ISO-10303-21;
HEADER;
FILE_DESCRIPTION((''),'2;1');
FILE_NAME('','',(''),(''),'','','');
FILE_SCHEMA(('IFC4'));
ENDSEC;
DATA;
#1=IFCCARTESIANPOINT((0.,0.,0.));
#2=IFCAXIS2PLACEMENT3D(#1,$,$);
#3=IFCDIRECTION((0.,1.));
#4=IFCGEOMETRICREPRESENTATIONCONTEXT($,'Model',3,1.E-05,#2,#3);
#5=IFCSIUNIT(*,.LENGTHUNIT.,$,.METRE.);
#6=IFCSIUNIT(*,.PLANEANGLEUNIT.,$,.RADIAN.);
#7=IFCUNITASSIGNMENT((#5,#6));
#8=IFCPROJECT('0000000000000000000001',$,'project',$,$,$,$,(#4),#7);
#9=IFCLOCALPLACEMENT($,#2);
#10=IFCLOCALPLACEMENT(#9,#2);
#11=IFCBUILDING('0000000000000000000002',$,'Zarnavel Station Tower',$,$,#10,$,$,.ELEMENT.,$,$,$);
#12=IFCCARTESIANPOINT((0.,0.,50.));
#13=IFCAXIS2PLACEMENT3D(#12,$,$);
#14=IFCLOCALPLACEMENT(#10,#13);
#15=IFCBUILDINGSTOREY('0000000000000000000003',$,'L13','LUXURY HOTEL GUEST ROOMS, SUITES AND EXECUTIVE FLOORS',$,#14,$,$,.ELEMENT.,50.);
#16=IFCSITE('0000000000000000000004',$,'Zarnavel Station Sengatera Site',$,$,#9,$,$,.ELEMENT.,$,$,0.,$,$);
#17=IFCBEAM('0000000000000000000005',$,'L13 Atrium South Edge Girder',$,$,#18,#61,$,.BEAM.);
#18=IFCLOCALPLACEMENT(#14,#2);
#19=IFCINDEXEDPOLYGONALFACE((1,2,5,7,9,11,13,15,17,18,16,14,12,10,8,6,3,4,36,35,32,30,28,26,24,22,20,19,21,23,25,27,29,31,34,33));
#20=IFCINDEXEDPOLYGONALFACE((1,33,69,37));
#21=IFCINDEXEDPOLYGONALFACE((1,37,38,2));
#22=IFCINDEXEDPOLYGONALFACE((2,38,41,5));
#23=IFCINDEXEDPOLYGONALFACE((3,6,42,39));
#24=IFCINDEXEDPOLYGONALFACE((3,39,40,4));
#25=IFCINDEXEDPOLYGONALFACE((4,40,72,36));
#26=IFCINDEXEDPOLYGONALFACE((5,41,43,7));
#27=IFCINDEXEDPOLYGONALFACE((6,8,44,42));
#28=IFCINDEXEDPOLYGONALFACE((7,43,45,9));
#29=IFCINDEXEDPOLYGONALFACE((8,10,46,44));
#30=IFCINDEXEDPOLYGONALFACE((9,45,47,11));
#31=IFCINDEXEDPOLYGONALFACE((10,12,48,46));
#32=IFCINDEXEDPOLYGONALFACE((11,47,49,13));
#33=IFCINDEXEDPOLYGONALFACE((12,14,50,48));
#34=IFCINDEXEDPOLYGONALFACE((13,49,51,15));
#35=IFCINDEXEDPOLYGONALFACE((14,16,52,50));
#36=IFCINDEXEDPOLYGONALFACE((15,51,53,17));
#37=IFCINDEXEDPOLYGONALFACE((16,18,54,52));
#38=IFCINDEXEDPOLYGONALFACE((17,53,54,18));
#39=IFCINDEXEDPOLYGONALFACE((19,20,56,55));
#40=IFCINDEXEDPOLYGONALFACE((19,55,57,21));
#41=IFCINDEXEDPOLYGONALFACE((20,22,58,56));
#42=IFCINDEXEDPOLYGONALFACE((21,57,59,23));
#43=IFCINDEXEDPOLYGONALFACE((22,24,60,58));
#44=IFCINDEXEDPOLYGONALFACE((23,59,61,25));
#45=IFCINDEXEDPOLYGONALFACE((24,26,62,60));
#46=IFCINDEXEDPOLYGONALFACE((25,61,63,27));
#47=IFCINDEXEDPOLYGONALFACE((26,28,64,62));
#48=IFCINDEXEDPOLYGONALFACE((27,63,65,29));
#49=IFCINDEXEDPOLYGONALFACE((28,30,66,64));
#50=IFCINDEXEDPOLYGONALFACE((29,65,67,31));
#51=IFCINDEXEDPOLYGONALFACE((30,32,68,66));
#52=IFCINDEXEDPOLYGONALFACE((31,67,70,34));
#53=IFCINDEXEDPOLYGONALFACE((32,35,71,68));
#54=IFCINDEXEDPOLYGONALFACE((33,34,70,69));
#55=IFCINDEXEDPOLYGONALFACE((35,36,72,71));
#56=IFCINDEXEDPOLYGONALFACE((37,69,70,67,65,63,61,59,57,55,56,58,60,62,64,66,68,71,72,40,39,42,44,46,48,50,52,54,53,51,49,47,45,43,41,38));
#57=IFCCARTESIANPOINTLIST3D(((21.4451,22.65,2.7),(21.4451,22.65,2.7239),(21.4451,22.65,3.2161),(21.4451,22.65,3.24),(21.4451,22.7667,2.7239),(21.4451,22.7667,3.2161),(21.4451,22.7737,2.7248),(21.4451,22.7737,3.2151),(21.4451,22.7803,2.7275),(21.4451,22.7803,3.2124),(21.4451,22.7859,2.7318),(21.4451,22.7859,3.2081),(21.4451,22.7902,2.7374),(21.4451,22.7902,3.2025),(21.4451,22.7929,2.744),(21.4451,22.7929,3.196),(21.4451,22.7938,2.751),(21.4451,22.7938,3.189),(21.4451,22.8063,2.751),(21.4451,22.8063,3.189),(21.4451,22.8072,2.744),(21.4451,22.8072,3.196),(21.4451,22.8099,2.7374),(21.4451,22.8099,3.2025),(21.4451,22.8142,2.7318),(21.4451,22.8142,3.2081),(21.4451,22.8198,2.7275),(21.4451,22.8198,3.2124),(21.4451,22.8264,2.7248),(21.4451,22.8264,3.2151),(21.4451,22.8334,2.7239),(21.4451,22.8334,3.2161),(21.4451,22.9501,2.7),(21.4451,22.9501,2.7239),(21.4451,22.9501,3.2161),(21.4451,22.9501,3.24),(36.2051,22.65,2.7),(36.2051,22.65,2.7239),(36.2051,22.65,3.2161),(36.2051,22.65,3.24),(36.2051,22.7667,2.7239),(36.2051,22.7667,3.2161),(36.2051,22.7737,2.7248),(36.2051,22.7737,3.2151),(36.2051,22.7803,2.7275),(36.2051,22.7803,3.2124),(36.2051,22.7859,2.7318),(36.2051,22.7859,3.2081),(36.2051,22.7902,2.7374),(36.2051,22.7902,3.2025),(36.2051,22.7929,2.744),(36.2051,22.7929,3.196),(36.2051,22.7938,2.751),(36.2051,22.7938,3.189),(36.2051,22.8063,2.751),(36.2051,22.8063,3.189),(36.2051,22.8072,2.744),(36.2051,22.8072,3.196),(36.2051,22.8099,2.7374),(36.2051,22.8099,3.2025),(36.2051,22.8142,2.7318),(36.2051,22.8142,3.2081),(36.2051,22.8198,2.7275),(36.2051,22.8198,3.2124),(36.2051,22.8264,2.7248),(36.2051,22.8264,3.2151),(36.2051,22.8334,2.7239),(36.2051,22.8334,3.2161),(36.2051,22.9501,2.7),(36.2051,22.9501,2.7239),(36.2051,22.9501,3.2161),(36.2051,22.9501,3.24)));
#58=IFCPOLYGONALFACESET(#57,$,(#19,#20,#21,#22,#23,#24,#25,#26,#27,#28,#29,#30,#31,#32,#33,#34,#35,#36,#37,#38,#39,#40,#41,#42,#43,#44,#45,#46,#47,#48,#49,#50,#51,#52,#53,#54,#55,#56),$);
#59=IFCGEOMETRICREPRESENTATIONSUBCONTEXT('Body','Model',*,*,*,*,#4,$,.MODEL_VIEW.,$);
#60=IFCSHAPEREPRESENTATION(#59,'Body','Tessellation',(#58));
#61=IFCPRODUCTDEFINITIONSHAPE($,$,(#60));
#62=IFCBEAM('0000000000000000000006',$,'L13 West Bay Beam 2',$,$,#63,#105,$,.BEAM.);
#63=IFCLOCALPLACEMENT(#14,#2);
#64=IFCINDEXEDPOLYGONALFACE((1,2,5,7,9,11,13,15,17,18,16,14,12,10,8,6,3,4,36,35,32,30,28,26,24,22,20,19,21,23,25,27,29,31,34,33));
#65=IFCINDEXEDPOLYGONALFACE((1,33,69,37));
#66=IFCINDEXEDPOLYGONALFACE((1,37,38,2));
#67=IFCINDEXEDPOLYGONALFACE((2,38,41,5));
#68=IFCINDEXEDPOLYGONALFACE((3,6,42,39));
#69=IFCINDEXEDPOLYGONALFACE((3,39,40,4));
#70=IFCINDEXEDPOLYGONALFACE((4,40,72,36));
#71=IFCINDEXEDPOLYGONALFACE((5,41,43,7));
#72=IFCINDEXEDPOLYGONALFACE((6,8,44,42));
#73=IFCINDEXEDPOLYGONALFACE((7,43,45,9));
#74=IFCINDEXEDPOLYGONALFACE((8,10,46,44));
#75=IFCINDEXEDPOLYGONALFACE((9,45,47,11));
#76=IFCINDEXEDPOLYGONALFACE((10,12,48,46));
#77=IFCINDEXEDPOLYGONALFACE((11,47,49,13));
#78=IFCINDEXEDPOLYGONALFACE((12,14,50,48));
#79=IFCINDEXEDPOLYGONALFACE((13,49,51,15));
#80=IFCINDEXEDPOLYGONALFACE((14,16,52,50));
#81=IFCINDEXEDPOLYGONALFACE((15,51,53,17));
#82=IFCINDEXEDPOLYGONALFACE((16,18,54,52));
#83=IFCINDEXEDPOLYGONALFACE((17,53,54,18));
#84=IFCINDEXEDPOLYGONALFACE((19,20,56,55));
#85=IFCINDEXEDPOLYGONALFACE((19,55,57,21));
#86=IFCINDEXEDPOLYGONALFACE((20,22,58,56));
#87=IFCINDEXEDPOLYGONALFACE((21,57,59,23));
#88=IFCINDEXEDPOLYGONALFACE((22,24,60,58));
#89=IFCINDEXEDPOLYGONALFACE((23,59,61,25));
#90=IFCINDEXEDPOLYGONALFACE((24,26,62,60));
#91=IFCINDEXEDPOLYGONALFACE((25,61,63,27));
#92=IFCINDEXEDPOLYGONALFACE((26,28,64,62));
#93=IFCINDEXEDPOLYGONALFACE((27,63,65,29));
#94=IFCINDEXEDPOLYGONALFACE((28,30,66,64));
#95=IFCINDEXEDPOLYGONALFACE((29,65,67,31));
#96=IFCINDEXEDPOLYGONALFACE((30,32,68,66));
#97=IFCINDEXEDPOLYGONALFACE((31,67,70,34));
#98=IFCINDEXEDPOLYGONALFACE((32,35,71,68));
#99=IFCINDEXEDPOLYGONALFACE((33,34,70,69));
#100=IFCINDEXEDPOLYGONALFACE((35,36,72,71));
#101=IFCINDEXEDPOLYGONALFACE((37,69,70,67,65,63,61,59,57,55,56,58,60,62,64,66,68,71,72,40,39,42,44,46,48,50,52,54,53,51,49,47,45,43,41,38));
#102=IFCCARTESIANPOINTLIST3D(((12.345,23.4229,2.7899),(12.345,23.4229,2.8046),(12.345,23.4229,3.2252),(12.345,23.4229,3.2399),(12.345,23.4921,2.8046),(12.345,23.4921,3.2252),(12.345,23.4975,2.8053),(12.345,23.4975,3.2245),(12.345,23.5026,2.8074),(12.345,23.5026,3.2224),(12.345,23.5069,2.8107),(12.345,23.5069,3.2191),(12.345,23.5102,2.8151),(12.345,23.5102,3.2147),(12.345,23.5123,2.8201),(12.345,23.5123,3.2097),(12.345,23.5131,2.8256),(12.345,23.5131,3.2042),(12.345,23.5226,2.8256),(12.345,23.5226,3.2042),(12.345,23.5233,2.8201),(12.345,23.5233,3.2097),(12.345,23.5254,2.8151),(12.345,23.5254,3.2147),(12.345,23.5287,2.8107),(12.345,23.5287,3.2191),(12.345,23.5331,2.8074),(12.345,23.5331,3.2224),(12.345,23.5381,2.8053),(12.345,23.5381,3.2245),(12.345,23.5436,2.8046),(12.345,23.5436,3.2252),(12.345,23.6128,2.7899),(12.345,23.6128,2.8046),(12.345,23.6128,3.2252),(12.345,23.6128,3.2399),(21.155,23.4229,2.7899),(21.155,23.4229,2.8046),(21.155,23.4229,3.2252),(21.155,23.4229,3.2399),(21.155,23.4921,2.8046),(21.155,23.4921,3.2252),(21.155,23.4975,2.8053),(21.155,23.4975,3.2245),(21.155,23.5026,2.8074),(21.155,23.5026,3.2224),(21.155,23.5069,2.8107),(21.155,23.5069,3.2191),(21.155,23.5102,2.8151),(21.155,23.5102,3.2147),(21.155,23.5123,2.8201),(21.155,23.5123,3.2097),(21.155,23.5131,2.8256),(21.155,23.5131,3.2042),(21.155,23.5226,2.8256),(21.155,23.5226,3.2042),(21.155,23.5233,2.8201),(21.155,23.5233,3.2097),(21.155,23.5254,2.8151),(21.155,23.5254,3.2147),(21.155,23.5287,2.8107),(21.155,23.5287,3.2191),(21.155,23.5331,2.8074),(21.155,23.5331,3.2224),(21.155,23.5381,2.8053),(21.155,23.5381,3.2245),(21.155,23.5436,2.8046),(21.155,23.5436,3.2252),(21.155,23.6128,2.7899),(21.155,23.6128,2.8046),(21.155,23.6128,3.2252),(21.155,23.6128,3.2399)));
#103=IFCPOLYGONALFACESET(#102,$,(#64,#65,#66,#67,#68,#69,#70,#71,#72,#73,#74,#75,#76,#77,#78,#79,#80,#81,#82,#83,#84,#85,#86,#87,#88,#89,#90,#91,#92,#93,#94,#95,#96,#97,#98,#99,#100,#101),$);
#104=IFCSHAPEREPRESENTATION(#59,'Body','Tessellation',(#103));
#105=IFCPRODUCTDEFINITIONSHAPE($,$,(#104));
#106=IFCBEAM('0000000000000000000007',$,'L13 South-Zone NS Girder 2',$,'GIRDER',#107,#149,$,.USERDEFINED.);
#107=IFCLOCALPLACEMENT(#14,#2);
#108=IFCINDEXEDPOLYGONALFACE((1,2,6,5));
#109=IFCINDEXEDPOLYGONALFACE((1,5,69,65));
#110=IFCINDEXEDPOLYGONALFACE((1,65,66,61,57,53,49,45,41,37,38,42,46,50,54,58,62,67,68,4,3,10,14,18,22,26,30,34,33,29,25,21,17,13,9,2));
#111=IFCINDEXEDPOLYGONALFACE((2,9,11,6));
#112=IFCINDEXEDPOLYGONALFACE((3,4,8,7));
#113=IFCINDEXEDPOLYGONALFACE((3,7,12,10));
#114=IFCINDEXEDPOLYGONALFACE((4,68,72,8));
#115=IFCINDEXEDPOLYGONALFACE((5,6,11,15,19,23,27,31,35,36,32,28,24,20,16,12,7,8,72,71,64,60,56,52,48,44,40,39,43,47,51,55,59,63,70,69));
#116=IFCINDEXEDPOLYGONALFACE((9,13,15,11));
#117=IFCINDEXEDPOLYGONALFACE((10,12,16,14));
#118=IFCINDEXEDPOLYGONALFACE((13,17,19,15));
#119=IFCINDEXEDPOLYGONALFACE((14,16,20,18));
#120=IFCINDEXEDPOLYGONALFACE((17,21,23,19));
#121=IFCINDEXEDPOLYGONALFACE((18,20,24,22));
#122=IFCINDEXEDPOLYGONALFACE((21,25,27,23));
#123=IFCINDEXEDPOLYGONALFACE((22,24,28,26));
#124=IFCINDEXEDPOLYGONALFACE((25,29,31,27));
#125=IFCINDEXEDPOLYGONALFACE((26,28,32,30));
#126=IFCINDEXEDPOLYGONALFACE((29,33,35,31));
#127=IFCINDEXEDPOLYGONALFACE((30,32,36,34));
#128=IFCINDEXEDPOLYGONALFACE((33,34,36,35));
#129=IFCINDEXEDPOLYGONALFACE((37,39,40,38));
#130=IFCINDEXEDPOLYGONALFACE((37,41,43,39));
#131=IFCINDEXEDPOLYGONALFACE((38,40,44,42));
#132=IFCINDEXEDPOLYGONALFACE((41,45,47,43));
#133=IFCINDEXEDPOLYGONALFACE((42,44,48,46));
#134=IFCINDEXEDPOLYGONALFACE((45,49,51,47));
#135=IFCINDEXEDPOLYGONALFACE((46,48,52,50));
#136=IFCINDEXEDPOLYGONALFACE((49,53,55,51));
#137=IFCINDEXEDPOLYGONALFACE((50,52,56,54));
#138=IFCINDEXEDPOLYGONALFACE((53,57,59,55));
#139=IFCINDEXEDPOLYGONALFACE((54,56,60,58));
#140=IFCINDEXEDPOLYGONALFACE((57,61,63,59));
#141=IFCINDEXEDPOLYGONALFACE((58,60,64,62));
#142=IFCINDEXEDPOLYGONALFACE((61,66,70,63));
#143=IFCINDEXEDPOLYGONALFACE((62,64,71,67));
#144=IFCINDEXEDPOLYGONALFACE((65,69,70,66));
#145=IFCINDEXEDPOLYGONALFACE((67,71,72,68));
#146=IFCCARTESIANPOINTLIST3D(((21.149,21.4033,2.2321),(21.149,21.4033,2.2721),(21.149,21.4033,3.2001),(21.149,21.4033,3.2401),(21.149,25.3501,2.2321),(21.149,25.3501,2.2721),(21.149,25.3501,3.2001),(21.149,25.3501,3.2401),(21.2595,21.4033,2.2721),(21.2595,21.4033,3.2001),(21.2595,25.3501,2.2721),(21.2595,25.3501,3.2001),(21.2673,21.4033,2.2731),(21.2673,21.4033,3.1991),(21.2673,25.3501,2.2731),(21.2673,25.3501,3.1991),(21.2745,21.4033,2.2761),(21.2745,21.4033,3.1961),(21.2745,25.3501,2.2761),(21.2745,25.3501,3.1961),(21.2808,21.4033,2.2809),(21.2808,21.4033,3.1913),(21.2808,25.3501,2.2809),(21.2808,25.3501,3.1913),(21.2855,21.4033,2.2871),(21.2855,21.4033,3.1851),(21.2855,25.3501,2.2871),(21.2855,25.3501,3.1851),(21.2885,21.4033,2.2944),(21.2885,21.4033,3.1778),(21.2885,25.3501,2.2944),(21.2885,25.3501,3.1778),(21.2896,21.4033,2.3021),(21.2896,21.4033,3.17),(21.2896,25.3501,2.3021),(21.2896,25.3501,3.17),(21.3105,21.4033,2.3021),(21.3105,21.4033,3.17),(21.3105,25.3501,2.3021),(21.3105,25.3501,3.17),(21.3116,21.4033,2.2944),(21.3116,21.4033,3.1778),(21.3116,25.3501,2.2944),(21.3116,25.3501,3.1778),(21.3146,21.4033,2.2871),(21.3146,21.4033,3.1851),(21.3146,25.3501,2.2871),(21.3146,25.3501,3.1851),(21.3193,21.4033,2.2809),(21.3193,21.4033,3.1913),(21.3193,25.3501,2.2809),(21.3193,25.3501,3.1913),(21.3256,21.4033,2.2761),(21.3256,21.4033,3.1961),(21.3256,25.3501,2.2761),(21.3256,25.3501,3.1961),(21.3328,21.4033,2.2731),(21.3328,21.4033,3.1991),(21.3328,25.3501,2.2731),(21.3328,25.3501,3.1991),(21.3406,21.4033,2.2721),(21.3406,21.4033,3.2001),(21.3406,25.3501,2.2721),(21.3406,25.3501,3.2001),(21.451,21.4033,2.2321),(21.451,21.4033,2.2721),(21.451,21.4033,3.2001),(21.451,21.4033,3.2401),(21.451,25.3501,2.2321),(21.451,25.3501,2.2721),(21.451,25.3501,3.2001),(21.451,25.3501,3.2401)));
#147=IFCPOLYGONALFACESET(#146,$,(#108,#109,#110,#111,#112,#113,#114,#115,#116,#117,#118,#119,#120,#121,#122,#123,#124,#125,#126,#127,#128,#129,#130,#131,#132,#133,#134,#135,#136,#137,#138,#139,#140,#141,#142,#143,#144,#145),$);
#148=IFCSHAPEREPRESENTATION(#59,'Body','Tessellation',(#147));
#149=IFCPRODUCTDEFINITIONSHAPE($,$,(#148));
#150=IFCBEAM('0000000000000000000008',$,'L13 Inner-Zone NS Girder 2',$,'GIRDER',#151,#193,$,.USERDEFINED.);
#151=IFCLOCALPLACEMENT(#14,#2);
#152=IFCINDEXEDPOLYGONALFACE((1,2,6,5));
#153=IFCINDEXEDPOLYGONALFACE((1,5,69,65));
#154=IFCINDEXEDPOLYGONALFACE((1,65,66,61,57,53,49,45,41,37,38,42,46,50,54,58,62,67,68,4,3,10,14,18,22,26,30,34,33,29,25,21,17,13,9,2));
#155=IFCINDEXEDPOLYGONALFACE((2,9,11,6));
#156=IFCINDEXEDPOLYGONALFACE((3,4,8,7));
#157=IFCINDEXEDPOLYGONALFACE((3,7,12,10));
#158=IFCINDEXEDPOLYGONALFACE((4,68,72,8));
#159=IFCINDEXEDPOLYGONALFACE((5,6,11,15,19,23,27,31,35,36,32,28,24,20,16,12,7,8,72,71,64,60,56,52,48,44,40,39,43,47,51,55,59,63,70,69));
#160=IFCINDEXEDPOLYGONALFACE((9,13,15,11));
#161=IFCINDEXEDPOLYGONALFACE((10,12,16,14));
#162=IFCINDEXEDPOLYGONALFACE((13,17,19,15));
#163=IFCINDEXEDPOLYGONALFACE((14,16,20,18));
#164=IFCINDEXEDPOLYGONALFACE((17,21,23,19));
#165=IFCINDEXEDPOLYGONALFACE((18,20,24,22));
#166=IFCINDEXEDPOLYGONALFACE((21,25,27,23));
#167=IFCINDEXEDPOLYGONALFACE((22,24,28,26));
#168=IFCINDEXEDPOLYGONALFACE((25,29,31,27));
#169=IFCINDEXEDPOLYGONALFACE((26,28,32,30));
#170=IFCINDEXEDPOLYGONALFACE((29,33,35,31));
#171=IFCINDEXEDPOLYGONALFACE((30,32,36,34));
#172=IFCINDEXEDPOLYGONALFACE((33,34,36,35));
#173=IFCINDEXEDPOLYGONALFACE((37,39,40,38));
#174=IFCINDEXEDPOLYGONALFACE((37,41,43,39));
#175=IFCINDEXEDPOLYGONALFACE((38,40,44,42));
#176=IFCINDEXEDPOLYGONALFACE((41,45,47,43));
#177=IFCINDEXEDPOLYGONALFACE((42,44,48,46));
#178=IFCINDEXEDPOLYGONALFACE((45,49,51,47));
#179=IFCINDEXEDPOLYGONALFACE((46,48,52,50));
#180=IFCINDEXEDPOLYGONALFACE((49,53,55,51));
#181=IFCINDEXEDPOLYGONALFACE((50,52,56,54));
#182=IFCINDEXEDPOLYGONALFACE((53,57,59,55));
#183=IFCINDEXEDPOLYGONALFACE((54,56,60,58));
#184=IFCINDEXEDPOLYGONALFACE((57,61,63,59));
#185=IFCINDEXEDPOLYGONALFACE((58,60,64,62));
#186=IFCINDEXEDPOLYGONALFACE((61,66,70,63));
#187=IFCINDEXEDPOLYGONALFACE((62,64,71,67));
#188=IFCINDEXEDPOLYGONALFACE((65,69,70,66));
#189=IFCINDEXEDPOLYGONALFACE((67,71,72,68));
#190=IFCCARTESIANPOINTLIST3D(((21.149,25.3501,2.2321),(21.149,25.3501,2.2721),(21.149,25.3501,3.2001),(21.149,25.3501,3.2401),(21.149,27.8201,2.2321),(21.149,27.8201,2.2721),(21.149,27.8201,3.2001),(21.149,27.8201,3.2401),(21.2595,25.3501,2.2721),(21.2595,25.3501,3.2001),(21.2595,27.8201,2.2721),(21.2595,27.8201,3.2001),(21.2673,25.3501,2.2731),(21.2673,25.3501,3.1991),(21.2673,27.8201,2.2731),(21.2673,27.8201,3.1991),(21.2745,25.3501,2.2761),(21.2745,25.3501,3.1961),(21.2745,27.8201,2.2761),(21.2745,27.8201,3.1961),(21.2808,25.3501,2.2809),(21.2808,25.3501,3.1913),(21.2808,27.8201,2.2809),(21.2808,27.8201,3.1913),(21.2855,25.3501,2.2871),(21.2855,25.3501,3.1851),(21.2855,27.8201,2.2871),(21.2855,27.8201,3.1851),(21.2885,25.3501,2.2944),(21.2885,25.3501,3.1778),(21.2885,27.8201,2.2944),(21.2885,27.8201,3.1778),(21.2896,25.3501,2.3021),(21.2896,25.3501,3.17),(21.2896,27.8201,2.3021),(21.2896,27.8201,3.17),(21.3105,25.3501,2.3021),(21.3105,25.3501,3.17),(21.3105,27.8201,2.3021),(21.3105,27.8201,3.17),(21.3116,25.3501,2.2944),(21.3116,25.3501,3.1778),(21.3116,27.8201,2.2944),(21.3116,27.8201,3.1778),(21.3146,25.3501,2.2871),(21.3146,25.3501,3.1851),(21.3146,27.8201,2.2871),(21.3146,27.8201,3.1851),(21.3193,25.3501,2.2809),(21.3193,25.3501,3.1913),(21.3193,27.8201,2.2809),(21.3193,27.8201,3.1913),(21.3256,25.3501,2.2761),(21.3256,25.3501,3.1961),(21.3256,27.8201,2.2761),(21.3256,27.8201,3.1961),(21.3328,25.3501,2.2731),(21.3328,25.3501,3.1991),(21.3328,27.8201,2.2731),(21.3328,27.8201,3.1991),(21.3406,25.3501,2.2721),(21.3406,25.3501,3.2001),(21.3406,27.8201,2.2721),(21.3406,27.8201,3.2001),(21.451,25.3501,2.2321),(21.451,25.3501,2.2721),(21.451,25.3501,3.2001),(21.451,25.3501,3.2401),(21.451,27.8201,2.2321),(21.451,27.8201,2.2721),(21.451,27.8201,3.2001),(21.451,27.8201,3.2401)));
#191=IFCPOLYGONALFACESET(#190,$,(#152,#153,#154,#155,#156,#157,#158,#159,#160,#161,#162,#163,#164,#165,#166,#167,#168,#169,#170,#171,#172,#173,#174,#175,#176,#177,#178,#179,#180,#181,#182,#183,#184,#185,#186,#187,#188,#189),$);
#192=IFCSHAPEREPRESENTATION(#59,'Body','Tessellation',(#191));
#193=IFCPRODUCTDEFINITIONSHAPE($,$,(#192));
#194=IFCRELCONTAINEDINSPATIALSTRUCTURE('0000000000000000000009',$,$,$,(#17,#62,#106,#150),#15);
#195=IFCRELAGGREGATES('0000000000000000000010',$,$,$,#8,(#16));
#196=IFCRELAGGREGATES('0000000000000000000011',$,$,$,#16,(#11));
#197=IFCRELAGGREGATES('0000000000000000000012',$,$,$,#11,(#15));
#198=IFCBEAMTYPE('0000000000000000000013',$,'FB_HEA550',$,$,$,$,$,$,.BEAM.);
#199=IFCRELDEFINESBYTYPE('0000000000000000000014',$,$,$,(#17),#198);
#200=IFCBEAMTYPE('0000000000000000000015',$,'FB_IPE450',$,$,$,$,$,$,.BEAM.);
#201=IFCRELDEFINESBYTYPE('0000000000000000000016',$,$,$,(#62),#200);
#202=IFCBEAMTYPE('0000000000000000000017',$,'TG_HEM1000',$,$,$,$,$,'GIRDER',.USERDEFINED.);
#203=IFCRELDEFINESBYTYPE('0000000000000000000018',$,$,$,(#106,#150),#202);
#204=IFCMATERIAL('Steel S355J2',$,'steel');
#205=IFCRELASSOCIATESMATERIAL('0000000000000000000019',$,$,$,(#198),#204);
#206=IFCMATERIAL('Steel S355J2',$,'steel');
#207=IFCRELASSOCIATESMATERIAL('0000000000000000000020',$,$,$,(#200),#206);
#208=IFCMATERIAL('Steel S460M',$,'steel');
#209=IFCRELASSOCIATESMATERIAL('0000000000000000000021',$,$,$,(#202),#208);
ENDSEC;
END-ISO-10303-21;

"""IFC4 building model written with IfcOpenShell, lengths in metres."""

from ifc_helpers import new_model, si_unit, direction, frame, origin, origin_2d, place, context, subcontext, project, spatial, i_section, extrude, material, material_profile, profile_set, type_object, element, save


model = new_model("IFC4")

# Units and contexts
model_context = context("Model", 3, precision=1e-05, world=origin(), true_north=direction((0.0, 1.0)))
body_context = subcontext(model_context, "Body", "Model", "MODEL_VIEW")
ifc_project = project(units=[si_unit("LENGTHUNIT", "METRE"), si_unit("PLANEANGLEUNIT", "RADIAN")], contexts=[model_context])

# Site, building, storey
site_placement = place(None, origin())
site = spatial("IfcSite", under=ifc_project, at=site_placement, Name="Zarnavel Station Sengatera Site", CompositionType="ELEMENT", RefElevation=0.0)
building_placement = place(site_placement, origin())
building = spatial("IfcBuilding", under=site, at=building_placement, Name="Zarnavel Station Tower", CompositionType="ELEMENT")
storey_placement = place(building_placement, frame((0.0, 0.0, 50.0)))
storey = spatial("IfcBuildingStorey", under=building, at=storey_placement, Name="L13", Description="LUXURY HOTEL GUEST ROOMS, SUITES AND EXECUTIVE FLOORS", CompositionType="ELEMENT", Elevation=50.0)

# Beams
ifc_material_1 = material(Name="Steel S355J2", Category="steel")
ifc_material_profile_1 = material_profile(ifc_material_1, i_section(OverallWidth=0.3, OverallDepth=0.54, WebThickness=0.0125, FlangeThickness=0.0239, FilletRadius=0.0271, at=origin_2d()), Name="HEA550")
ifc_profile_set_1 = profile_set([ifc_material_profile_1], Name="Steel S355J2")
beam_type_1 = type_object("IfcBeamType", Name="FB_HEA550", PredefinedType="BEAM", material=ifc_profile_set_1)
beam_1_placement = place(storey_placement, frame((21.4451, 22.8, 2.97), z_axis=(1.0, 0.0, 0.0), x_axis=(0.0, 1.0, 0.0)))
element("IfcBeam", 1, at=beam_1_placement, inside=storey, type_object=beam_type_1, Name="L13 Atrium South Edge Girder", PredefinedType="BEAM", context=body_context, shape_type="SweptSolid", body=[
    extrude(i_section(OverallWidth=0.3, OverallDepth=0.54, WebThickness=0.0125, FlangeThickness=0.0239, FilletRadius=0.0271, at=origin_2d()), origin(), (0.0, 0.0, 1.0), 14.76),
])
ifc_material_2 = material(Name="Steel S355J2", Category="steel")
ifc_material_profile_2 = material_profile(ifc_material_2, i_section(OverallWidth=0.1899, OverallDepth=0.45, WebThickness=0.0095, FlangeThickness=0.0146, FilletRadius=0.021, at=origin_2d()), Name="IPE450")
ifc_profile_set_2 = profile_set([ifc_material_profile_2], Name="Steel S355J2")
beam_type_2 = type_object("IfcBeamType", Name="FB_IPE450", PredefinedType="BEAM", material=ifc_profile_set_2)
beam_2_placement = place(storey_placement, frame((12.345, 23.5178, 3.0149), z_axis=(1.0, 0.0, 0.0), x_axis=(0.0, 1.0, 0.0)))
element("IfcBeam", 2, at=beam_2_placement, inside=storey, type_object=beam_type_2, Name="L13 West Bay Beam 2", PredefinedType="BEAM", context=body_context, shape_type="SweptSolid", body=[
    extrude(i_section(OverallWidth=0.1899, OverallDepth=0.45, WebThickness=0.0095, FlangeThickness=0.0146, FilletRadius=0.021, at=origin_2d()), origin(), (0.0, 0.0, 1.0), 8.8101),
])
ifc_material_3 = material(Name="Steel S460M", Category="steel")
ifc_material_profile_3 = material_profile(ifc_material_3, i_section(OverallWidth=0.302, OverallDepth=1.0081, WebThickness=0.021, FlangeThickness=0.04, FilletRadius=0.03, at=origin_2d()), Name="HEM1000")
ifc_profile_set_3 = profile_set([ifc_material_profile_3], Name="Steel S460M")
beam_type_3 = type_object("IfcBeamType", Name="TG_HEM1000", ElementType="GIRDER", PredefinedType="USERDEFINED", material=ifc_profile_set_3)
beam_3_placement = place(storey_placement, frame((21.3, 21.4033, 2.7361), z_axis=(0.0, 1.0, 0.0), x_axis=(-1.0, 0.0, 0.0)))
element("IfcBeam", 3, at=beam_3_placement, inside=storey, type_object=beam_type_3, Name="L13 South-Zone NS Girder 2", ObjectType="GIRDER", PredefinedType="USERDEFINED", context=body_context, shape_type="SweptSolid", body=[
    extrude(i_section(OverallWidth=0.302, OverallDepth=1.0081, WebThickness=0.021, FlangeThickness=0.04, FilletRadius=0.03, at=origin_2d()), origin(), (0.0, 0.0, 1.0), 3.9468),
])
beam_4_placement = place(storey_placement, frame((21.3, 25.3501, 2.7361), z_axis=(0.0, 1.0, 0.0), x_axis=(-1.0, 0.0, 0.0)))
element("IfcBeam", 4, at=beam_4_placement, inside=storey, type_object=beam_type_3, Name="L13 Inner-Zone NS Girder 2", ObjectType="GIRDER", PredefinedType="USERDEFINED", context=body_context, shape_type="SweptSolid", body=[
    extrude(i_section(OverallWidth=0.302, OverallDepth=1.0081, WebThickness=0.021, FlangeThickness=0.04, FilletRadius=0.03, at=origin_2d()), origin(), (0.0, 0.0, 1.0), 2.47),
])

save(model, "model.ifc")
